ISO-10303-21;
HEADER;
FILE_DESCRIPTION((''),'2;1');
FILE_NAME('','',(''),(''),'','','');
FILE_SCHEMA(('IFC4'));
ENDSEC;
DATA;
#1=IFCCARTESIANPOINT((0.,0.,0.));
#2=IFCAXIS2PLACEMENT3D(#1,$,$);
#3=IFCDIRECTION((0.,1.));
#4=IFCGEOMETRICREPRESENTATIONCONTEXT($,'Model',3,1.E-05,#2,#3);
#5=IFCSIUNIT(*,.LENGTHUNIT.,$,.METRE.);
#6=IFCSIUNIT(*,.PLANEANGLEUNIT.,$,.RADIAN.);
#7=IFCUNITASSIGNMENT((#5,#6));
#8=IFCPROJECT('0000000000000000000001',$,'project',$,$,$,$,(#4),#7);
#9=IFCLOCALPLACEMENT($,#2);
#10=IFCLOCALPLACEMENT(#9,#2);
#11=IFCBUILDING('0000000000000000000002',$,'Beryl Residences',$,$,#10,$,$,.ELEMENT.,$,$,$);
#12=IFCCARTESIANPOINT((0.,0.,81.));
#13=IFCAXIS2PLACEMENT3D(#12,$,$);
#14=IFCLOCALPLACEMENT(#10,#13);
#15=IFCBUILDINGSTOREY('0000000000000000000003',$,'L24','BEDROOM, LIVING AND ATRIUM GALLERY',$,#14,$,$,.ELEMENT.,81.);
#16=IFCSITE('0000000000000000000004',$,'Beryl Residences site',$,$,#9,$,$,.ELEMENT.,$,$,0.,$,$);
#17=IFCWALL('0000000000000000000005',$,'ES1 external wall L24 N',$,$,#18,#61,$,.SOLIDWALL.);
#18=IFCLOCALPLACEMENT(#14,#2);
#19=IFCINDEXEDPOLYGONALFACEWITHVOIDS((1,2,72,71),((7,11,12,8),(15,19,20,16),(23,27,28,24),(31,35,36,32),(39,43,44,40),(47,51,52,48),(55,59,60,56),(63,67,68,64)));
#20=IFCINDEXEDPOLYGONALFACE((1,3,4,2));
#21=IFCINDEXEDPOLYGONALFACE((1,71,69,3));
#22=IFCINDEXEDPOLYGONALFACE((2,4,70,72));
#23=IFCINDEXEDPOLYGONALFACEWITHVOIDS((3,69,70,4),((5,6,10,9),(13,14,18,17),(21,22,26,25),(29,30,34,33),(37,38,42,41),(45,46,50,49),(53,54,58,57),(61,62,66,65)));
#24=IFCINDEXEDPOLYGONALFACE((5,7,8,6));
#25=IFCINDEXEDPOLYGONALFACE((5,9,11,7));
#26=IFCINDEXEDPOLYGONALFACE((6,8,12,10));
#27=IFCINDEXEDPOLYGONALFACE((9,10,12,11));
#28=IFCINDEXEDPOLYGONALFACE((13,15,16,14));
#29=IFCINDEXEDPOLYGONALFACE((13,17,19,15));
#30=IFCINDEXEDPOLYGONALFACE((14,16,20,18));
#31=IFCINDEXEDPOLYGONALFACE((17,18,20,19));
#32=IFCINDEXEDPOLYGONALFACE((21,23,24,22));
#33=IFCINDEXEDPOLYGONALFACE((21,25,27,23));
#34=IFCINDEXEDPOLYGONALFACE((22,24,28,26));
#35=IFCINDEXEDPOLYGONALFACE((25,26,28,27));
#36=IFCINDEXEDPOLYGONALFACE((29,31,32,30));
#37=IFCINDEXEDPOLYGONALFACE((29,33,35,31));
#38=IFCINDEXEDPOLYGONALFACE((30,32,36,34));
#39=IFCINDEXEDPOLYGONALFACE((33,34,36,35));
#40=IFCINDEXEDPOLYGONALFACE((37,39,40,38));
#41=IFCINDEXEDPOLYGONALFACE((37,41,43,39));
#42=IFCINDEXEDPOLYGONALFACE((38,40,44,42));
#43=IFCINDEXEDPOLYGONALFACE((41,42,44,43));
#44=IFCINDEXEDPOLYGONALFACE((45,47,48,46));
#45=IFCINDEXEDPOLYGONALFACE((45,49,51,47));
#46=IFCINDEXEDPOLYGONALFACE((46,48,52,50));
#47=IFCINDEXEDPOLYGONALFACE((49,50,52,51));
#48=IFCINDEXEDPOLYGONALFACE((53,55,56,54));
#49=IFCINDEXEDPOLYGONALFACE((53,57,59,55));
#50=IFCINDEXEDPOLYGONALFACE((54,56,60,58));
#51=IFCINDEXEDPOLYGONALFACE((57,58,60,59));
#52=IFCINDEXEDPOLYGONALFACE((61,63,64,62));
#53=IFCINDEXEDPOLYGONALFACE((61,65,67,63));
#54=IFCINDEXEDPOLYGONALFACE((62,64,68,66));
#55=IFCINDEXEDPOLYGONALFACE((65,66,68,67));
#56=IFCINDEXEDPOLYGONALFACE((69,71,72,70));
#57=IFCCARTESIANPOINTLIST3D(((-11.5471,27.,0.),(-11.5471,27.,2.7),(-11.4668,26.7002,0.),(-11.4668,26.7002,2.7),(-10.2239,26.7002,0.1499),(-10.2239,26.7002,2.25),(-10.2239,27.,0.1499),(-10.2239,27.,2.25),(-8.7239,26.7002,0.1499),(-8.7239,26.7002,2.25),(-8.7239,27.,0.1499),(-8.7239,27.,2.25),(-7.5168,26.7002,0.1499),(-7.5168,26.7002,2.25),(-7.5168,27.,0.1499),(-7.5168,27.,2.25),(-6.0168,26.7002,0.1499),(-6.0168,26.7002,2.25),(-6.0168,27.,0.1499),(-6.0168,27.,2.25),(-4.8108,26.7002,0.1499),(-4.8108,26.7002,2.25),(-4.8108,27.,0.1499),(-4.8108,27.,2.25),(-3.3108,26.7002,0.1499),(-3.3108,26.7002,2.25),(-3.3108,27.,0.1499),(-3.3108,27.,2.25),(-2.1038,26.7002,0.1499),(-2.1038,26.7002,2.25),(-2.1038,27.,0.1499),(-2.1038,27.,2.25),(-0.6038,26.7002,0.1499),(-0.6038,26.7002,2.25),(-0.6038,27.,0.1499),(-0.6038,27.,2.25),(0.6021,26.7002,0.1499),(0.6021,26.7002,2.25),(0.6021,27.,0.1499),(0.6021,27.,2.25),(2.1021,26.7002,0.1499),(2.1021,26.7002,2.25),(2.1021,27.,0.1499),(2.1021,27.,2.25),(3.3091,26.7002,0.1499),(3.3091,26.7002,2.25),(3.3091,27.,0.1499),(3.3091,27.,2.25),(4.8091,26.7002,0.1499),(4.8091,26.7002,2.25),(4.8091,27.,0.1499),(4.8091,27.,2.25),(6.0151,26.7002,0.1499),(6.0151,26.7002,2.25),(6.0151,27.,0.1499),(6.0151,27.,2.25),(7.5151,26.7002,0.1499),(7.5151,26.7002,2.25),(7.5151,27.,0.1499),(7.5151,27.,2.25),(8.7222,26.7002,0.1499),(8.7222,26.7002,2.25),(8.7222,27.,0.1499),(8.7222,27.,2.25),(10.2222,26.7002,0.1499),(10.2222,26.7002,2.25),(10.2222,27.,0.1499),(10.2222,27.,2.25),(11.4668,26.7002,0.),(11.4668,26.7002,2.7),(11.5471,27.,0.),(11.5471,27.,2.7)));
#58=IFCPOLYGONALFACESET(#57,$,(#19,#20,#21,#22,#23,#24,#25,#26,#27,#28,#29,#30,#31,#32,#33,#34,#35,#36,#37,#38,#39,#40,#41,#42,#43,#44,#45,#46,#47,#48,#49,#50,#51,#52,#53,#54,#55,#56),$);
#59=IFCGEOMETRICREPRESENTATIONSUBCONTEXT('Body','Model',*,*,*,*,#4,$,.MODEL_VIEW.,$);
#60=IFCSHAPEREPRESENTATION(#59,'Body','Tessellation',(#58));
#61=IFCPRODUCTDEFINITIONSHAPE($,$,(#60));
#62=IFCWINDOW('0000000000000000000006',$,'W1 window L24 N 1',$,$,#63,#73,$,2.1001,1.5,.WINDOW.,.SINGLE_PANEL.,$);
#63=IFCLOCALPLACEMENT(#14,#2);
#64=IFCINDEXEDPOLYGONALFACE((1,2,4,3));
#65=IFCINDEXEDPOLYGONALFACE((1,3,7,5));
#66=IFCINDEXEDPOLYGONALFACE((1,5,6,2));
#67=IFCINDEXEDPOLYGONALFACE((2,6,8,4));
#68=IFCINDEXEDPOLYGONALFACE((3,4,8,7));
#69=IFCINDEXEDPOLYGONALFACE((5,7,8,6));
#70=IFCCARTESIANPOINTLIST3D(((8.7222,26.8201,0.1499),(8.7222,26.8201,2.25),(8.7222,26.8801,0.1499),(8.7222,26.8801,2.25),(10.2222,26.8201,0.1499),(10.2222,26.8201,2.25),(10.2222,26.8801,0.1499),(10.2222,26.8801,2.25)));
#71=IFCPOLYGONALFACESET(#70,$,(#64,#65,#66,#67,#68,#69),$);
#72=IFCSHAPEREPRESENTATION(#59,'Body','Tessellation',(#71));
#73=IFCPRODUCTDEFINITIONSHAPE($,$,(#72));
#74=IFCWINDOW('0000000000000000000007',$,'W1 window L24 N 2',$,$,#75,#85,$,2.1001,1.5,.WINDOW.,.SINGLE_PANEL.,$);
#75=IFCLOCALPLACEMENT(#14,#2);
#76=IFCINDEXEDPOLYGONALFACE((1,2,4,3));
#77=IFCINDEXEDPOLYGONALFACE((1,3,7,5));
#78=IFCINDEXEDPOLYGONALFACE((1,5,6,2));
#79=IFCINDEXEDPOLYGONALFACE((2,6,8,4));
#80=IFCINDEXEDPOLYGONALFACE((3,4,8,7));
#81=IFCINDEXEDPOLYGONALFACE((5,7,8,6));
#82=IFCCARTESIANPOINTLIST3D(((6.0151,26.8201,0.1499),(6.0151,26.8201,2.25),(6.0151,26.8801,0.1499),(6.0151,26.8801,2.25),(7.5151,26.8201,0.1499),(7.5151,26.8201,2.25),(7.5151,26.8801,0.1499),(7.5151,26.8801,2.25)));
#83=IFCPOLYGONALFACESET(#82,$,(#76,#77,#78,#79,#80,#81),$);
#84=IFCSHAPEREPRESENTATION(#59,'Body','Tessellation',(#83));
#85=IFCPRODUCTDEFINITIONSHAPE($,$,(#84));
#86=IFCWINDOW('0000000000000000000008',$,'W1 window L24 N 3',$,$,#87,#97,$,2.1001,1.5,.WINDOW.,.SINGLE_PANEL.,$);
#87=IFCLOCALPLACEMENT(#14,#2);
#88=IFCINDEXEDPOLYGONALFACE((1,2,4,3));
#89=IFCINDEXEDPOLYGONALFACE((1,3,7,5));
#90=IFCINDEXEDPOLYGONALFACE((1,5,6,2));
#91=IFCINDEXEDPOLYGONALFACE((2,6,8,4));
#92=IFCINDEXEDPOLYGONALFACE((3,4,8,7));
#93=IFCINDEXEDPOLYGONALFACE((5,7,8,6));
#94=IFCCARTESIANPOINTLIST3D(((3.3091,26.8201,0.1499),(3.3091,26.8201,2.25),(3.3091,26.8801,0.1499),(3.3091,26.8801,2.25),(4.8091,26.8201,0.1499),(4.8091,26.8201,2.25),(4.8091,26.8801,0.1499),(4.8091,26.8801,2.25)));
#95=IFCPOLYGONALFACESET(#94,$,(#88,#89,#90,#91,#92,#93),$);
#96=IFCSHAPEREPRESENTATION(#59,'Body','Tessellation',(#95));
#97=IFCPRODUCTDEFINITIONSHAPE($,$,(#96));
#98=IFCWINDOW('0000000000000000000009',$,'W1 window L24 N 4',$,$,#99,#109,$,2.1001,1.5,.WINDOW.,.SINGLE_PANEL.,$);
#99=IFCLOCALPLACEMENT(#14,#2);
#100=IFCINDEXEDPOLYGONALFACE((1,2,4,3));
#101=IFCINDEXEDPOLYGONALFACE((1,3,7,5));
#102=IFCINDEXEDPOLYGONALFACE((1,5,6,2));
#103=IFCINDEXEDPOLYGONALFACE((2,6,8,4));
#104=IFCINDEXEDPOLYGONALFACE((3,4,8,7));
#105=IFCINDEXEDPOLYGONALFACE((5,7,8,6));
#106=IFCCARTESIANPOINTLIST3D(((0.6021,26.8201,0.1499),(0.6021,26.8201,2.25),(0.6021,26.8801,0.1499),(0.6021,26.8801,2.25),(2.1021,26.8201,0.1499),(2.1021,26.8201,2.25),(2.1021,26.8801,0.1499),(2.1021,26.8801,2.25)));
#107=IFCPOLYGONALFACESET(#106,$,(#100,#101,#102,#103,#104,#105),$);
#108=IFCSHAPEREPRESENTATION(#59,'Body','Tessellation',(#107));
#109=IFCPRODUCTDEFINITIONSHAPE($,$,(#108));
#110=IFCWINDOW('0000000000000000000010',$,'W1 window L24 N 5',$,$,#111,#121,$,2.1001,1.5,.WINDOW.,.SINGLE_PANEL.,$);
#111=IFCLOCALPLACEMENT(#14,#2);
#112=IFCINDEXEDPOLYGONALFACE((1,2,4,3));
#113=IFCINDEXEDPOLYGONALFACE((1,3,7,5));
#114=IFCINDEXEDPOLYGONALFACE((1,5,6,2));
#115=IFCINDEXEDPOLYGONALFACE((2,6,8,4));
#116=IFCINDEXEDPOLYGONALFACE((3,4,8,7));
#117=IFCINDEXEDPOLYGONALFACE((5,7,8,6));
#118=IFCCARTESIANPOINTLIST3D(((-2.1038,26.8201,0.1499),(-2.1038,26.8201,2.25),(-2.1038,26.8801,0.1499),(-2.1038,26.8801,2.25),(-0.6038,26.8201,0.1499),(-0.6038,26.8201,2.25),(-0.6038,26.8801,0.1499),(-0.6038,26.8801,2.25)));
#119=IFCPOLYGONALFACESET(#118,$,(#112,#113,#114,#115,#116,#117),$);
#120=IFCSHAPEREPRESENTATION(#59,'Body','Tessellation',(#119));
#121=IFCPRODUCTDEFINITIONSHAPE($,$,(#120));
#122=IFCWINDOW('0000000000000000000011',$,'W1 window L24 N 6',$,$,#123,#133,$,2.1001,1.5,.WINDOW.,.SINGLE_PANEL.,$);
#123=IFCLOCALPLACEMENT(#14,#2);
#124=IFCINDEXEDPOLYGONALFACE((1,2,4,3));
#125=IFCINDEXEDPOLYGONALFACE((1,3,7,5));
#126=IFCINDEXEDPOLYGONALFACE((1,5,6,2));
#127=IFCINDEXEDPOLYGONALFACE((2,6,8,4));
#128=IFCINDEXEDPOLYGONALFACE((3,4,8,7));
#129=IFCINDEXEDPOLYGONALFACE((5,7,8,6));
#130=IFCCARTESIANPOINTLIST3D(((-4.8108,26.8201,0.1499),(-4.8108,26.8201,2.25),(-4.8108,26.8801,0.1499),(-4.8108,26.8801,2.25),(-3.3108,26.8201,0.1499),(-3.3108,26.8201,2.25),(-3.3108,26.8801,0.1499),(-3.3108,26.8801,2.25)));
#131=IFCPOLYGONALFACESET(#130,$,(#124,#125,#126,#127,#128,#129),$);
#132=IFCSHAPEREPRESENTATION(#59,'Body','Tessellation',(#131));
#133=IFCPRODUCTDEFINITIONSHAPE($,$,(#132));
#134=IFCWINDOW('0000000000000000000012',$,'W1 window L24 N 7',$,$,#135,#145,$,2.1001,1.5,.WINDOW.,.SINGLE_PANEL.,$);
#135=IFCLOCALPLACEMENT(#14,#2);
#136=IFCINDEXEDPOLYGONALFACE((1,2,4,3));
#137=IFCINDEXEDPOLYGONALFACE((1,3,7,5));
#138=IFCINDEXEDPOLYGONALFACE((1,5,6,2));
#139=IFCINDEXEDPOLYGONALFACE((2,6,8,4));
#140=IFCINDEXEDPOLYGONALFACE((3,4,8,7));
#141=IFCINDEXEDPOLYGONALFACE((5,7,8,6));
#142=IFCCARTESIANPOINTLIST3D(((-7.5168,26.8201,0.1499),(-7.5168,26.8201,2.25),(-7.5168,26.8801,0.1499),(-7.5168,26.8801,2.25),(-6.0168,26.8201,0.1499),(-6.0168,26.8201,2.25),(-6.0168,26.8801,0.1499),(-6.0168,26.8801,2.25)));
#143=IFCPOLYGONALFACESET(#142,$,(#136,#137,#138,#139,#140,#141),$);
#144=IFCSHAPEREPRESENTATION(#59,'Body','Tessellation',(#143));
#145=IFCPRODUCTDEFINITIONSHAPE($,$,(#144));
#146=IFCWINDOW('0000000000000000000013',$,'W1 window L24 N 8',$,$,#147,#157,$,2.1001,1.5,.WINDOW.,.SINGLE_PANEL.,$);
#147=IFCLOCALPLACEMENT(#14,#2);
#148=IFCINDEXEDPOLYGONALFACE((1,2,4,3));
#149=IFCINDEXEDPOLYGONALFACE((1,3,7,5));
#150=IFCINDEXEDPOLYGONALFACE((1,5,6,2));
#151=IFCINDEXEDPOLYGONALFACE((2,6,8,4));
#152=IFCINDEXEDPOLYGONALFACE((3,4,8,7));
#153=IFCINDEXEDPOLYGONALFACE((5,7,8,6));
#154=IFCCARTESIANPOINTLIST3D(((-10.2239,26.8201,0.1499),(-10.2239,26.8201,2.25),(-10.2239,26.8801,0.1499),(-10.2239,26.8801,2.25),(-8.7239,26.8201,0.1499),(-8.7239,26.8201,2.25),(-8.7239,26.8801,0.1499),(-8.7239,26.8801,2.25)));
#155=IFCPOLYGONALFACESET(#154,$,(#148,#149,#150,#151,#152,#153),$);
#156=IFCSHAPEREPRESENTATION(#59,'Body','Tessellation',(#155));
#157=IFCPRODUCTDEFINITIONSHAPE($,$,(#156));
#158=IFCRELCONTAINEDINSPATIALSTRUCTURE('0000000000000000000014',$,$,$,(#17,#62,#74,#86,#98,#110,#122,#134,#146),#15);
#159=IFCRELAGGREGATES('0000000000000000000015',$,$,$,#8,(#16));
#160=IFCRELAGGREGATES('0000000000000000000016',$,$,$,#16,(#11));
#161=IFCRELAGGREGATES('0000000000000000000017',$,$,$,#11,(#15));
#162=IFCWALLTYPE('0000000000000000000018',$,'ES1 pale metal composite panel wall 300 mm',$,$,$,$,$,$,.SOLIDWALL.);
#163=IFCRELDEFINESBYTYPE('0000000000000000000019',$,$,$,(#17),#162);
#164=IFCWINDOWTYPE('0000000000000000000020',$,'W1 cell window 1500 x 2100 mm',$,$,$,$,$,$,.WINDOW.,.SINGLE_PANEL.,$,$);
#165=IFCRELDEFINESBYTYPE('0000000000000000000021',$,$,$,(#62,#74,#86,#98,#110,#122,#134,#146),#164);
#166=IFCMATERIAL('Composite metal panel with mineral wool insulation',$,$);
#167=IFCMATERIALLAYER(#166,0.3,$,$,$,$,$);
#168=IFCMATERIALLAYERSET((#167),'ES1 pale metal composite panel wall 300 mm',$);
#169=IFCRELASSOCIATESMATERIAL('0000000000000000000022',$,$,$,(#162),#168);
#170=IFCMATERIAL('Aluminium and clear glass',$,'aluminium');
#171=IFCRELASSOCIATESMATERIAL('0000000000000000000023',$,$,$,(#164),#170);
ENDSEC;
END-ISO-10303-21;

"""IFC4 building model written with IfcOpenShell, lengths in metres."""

from ifc_helpers import new_model, si_unit, direction, frame, frame_2d, origin, place, context, subcontext, project, spatial, polyline, rectangle, outline, extrude, material, layer, layer_set, type_object, element, fill, save


model = new_model("IFC4")

# Units and contexts
model_context = context("Model", 3, precision=1e-05, world=origin(), true_north=direction((0.0, 1.0)))
body_context = subcontext(model_context, "Body", "Model", "MODEL_VIEW")
ifc_project = project(units=[si_unit("LENGTHUNIT", "METRE"), si_unit("PLANEANGLEUNIT", "RADIAN")], contexts=[model_context])

# Site, building, storey
site_placement = place(None, origin())
site = spatial("IfcSite", under=ifc_project, at=site_placement, Name="Beryl Residences site", CompositionType="ELEMENT", RefElevation=0.0)
building_placement = place(site_placement, origin())
building = spatial("IfcBuilding", under=site, at=building_placement, Name="Beryl Residences", CompositionType="ELEMENT")
storey_placement = place(building_placement, frame((0.0, 0.0, 81.0)))
storey = spatial("IfcBuildingStorey", under=building, at=storey_placement, Name="L24", Description="BEDROOM, LIVING AND ATRIUM GALLERY", CompositionType="ELEMENT", Elevation=81.0)

# Wall, openings, windows
ifc_material_1 = material(Name="Composite metal panel with mineral wool insulation")
ifc_layer = layer(ifc_material_1, 0.3)
ifc_layer_set = layer_set([ifc_layer], Name="ES1 pale metal composite panel wall 300 mm")
wall_type = type_object("IfcWallType", Name="ES1 pale metal composite panel wall 300 mm", PredefinedType="SOLIDWALL", material=ifc_layer_set)
wall_1_placement = place(storey_placement, frame((11.5471, 26.8501, 0.0), z_axis=(0.0, 0.0, 1.0), x_axis=(-1.0, 0.0, 0.0)))
wall_1 = element("IfcWall", 1, at=wall_1_placement, inside=storey, type_object=wall_type, Name="ES1 external wall L24 N", PredefinedType="SOLIDWALL", context=body_context, shape_type="SweptSolid", body=[
    extrude(outline(polyline([(0.0, -0.1499), (23.0942, -0.1499), (23.0139, 0.1499), (0.0803, 0.1499), (0.0, -0.1499)])), origin(), (0.0, 0.0, 1.0), 2.7),
])
opening_1_placement = place(wall_1_placement, frame((1.325, 0.0, 0.1499)))
opening_1 = element("IfcOpeningElement", 2, at=opening_1_placement, cuts=wall_1, PredefinedType="OPENING", context=body_context, shape_type="SweptSolid", body=[
    extrude(rectangle(XDim=1.5, YDim=2.1001, at=frame_2d((0.75, 1.05))), frame((0.0, 0.1599, 0.0), z_axis=(0.0, -1.0, 0.0), x_axis=(1.0, 0.0, 0.0)), (0.0, 0.0, 1.0), 0.3201),
])
opening_2_placement = place(wall_1_placement, frame((4.032, 0.0, 0.1499)))
opening_2 = element("IfcOpeningElement", 3, at=opening_2_placement, cuts=wall_1, PredefinedType="OPENING", context=body_context, shape_type="SweptSolid", body=[
    extrude(rectangle(XDim=1.5, YDim=2.1001, at=frame_2d((0.75, 1.05))), frame((0.0, 0.1599, 0.0), z_axis=(0.0, -1.0, 0.0), x_axis=(1.0, 0.0, 0.0)), (0.0, 0.0, 1.0), 0.3201),
])
opening_3_placement = place(wall_1_placement, frame((6.738, 0.0, 0.1499)))
opening_3 = element("IfcOpeningElement", 4, at=opening_3_placement, cuts=wall_1, PredefinedType="OPENING", context=body_context, shape_type="SweptSolid", body=[
    extrude(rectangle(XDim=1.5, YDim=2.1001, at=frame_2d((0.75, 1.05))), frame((0.0, 0.1599, 0.0), z_axis=(0.0, -1.0, 0.0), x_axis=(1.0, 0.0, 0.0)), (0.0, 0.0, 1.0), 0.3201),
])
opening_4_placement = place(wall_1_placement, frame((9.4451, 0.0, 0.1499)))
opening_4 = element("IfcOpeningElement", 5, at=opening_4_placement, cuts=wall_1, PredefinedType="OPENING", context=body_context, shape_type="SweptSolid", body=[
    extrude(rectangle(XDim=1.5, YDim=2.1001, at=frame_2d((0.75, 1.05))), frame((0.0, 0.1599, 0.0), z_axis=(0.0, -1.0, 0.0), x_axis=(1.0, 0.0, 0.0)), (0.0, 0.0, 1.0), 0.3201),
])
opening_5_placement = place(wall_1_placement, frame((12.1509, 0.0, 0.1499)))
opening_5 = element("IfcOpeningElement", 6, at=opening_5_placement, cuts=wall_1, PredefinedType="OPENING", context=body_context, shape_type="SweptSolid", body=[
    extrude(rectangle(XDim=1.5, YDim=2.1001, at=frame_2d((0.75, 1.05))), frame((0.0, 0.1599, 0.0), z_axis=(0.0, -1.0, 0.0), x_axis=(1.0, 0.0, 0.0)), (0.0, 0.0, 1.0), 0.3201),
])
opening_6_placement = place(wall_1_placement, frame((14.8579, 0.0, 0.1499)))
opening_6 = element("IfcOpeningElement", 7, at=opening_6_placement, cuts=wall_1, PredefinedType="OPENING", context=body_context, shape_type="SweptSolid", body=[
    extrude(rectangle(XDim=1.5, YDim=2.1001, at=frame_2d((0.75, 1.05))), frame((0.0, 0.1599, 0.0), z_axis=(0.0, -1.0, 0.0), x_axis=(1.0, 0.0, 0.0)), (0.0, 0.0, 1.0), 0.3201),
])
opening_7_placement = place(wall_1_placement, frame((17.564, 0.0, 0.1499)))
opening_7 = element("IfcOpeningElement", 8, at=opening_7_placement, cuts=wall_1, PredefinedType="OPENING", context=body_context, shape_type="SweptSolid", body=[
    extrude(rectangle(XDim=1.5, YDim=2.1001, at=frame_2d((0.75, 1.05))), frame((0.0, 0.1599, 0.0), z_axis=(0.0, -1.0, 0.0), x_axis=(1.0, 0.0, 0.0)), (0.0, 0.0, 1.0), 0.3201),
])
opening_8_placement = place(wall_1_placement, frame((20.271, 0.0, 0.1499)))
opening_8 = element("IfcOpeningElement", 9, at=opening_8_placement, cuts=wall_1, PredefinedType="OPENING", context=body_context, shape_type="SweptSolid", body=[
    extrude(rectangle(XDim=1.5, YDim=2.1001, at=frame_2d((0.75, 1.05))), frame((0.0, 0.1599, 0.0), z_axis=(0.0, -1.0, 0.0), x_axis=(1.0, 0.0, 0.0)), (0.0, 0.0, 1.0), 0.3201),
])
ifc_material_2 = material(Name="Aluminium and clear glass", Category="aluminium")
window_type_1 = type_object("IfcWindowType", Name="W1 cell window 1500 x 2100 mm", PartitioningType="SINGLE_PANEL", PredefinedType="WINDOW", material=ifc_material_2)
window_1_placement = place(opening_1_placement, origin())
window_1 = element("IfcWindow", 10, at=window_1_placement, inside=storey, type_object=window_type_1, Name="W1 window L24 N 1", OverallHeight=2.1001, OverallWidth=1.5, PartitioningType="SINGLE_PANEL", PredefinedType="WINDOW", context=body_context, shape_type="SweptSolid", body=[
    extrude(rectangle(XDim=1.5, YDim=2.1001, at=frame_2d((0.75, 1.05))), frame((0.0, 0.03, 0.0), z_axis=(0.0, -1.0, 0.0), x_axis=(1.0, 0.0, 0.0)), (0.0, 0.0, 1.0), 0.0601),
])
fill(opening_1, window_1)
window_2_placement = place(opening_2_placement, origin())
window_2 = element("IfcWindow", 11, at=window_2_placement, inside=storey, type_object=window_type_1, Name="W1 window L24 N 2", OverallHeight=2.1001, OverallWidth=1.5, PartitioningType="SINGLE_PANEL", PredefinedType="WINDOW", context=body_context, shape_type="SweptSolid", body=[
    extrude(rectangle(XDim=1.5, YDim=2.1001, at=frame_2d((0.75, 1.05))), frame((0.0, 0.03, 0.0), z_axis=(0.0, -1.0, 0.0), x_axis=(1.0, 0.0, 0.0)), (0.0, 0.0, 1.0), 0.0601),
])
fill(opening_2, window_2)
window_3_placement = place(opening_3_placement, origin())
window_3 = element("IfcWindow", 12, at=window_3_placement, inside=storey, type_object=window_type_1, Name="W1 window L24 N 3", OverallHeight=2.1001, OverallWidth=1.5, PartitioningType="SINGLE_PANEL", PredefinedType="WINDOW", context=body_context, shape_type="SweptSolid", body=[
    extrude(rectangle(XDim=1.5, YDim=2.1001, at=frame_2d((0.75, 1.05))), frame((0.0, 0.03, 0.0), z_axis=(0.0, -1.0, 0.0), x_axis=(1.0, 0.0, 0.0)), (0.0, 0.0, 1.0), 0.0601),
])
fill(opening_3, window_3)
window_4_placement = place(opening_4_placement, origin())
window_4 = element("IfcWindow", 13, at=window_4_placement, inside=storey, type_object=window_type_1, Name="W1 window L24 N 4", OverallHeight=2.1001, OverallWidth=1.5, PartitioningType="SINGLE_PANEL", PredefinedType="WINDOW", context=body_context, shape_type="SweptSolid", body=[
    extrude(rectangle(XDim=1.5, YDim=2.1001, at=frame_2d((0.75, 1.05))), frame((0.0, 0.03, 0.0), z_axis=(0.0, -1.0, 0.0), x_axis=(1.0, 0.0, 0.0)), (0.0, 0.0, 1.0), 0.0601),
])
fill(opening_4, window_4)
window_5_placement = place(opening_5_placement, origin())
window_5 = element("IfcWindow", 14, at=window_5_placement, inside=storey, type_object=window_type_1, Name="W1 window L24 N 5", OverallHeight=2.1001, OverallWidth=1.5, PartitioningType="SINGLE_PANEL", PredefinedType="WINDOW", context=body_context, shape_type="SweptSolid", body=[
    extrude(rectangle(XDim=1.5, YDim=2.1001, at=frame_2d((0.75, 1.05))), frame((0.0, 0.03, 0.0), z_axis=(0.0, -1.0, 0.0), x_axis=(1.0, 0.0, 0.0)), (0.0, 0.0, 1.0), 0.0601),
])
fill(opening_5, window_5)
window_6_placement = place(opening_6_placement, origin())
window_6 = element("IfcWindow", 15, at=window_6_placement, inside=storey, type_object=window_type_1, Name="W1 window L24 N 6", OverallHeight=2.1001, OverallWidth=1.5, PartitioningType="SINGLE_PANEL", PredefinedType="WINDOW", context=body_context, shape_type="SweptSolid", body=[
    extrude(rectangle(XDim=1.5, YDim=2.1001, at=frame_2d((0.75, 1.05))), frame((0.0, 0.03, 0.0), z_axis=(0.0, -1.0, 0.0), x_axis=(1.0, 0.0, 0.0)), (0.0, 0.0, 1.0), 0.0601),
])
fill(opening_6, window_6)
window_7_placement = place(opening_7_placement, origin())
window_7 = element("IfcWindow", 16, at=window_7_placement, inside=storey, type_object=window_type_1, Name="W1 window L24 N 7", OverallHeight=2.1001, OverallWidth=1.5, PartitioningType="SINGLE_PANEL", PredefinedType="WINDOW", context=body_context, shape_type="SweptSolid", body=[
    extrude(rectangle(XDim=1.5, YDim=2.1001, at=frame_2d((0.75, 1.05))), frame((0.0, 0.03, 0.0), z_axis=(0.0, -1.0, 0.0), x_axis=(1.0, 0.0, 0.0)), (0.0, 0.0, 1.0), 0.0601),
])
fill(opening_7, window_7)
window_8_placement = place(opening_8_placement, origin())
window_8 = element("IfcWindow", 17, at=window_8_placement, inside=storey, type_object=window_type_1, Name="W1 window L24 N 8", OverallHeight=2.1001, OverallWidth=1.5, PartitioningType="SINGLE_PANEL", PredefinedType="WINDOW", context=body_context, shape_type="SweptSolid", body=[
    extrude(rectangle(XDim=1.5, YDim=2.1001, at=frame_2d((0.75, 1.05))), frame((0.0, 0.03, 0.0), z_axis=(0.0, -1.0, 0.0), x_axis=(1.0, 0.0, 0.0)), (0.0, 0.0, 1.0), 0.0601),
])
fill(opening_8, window_8)

save(model, "model.ifc")
